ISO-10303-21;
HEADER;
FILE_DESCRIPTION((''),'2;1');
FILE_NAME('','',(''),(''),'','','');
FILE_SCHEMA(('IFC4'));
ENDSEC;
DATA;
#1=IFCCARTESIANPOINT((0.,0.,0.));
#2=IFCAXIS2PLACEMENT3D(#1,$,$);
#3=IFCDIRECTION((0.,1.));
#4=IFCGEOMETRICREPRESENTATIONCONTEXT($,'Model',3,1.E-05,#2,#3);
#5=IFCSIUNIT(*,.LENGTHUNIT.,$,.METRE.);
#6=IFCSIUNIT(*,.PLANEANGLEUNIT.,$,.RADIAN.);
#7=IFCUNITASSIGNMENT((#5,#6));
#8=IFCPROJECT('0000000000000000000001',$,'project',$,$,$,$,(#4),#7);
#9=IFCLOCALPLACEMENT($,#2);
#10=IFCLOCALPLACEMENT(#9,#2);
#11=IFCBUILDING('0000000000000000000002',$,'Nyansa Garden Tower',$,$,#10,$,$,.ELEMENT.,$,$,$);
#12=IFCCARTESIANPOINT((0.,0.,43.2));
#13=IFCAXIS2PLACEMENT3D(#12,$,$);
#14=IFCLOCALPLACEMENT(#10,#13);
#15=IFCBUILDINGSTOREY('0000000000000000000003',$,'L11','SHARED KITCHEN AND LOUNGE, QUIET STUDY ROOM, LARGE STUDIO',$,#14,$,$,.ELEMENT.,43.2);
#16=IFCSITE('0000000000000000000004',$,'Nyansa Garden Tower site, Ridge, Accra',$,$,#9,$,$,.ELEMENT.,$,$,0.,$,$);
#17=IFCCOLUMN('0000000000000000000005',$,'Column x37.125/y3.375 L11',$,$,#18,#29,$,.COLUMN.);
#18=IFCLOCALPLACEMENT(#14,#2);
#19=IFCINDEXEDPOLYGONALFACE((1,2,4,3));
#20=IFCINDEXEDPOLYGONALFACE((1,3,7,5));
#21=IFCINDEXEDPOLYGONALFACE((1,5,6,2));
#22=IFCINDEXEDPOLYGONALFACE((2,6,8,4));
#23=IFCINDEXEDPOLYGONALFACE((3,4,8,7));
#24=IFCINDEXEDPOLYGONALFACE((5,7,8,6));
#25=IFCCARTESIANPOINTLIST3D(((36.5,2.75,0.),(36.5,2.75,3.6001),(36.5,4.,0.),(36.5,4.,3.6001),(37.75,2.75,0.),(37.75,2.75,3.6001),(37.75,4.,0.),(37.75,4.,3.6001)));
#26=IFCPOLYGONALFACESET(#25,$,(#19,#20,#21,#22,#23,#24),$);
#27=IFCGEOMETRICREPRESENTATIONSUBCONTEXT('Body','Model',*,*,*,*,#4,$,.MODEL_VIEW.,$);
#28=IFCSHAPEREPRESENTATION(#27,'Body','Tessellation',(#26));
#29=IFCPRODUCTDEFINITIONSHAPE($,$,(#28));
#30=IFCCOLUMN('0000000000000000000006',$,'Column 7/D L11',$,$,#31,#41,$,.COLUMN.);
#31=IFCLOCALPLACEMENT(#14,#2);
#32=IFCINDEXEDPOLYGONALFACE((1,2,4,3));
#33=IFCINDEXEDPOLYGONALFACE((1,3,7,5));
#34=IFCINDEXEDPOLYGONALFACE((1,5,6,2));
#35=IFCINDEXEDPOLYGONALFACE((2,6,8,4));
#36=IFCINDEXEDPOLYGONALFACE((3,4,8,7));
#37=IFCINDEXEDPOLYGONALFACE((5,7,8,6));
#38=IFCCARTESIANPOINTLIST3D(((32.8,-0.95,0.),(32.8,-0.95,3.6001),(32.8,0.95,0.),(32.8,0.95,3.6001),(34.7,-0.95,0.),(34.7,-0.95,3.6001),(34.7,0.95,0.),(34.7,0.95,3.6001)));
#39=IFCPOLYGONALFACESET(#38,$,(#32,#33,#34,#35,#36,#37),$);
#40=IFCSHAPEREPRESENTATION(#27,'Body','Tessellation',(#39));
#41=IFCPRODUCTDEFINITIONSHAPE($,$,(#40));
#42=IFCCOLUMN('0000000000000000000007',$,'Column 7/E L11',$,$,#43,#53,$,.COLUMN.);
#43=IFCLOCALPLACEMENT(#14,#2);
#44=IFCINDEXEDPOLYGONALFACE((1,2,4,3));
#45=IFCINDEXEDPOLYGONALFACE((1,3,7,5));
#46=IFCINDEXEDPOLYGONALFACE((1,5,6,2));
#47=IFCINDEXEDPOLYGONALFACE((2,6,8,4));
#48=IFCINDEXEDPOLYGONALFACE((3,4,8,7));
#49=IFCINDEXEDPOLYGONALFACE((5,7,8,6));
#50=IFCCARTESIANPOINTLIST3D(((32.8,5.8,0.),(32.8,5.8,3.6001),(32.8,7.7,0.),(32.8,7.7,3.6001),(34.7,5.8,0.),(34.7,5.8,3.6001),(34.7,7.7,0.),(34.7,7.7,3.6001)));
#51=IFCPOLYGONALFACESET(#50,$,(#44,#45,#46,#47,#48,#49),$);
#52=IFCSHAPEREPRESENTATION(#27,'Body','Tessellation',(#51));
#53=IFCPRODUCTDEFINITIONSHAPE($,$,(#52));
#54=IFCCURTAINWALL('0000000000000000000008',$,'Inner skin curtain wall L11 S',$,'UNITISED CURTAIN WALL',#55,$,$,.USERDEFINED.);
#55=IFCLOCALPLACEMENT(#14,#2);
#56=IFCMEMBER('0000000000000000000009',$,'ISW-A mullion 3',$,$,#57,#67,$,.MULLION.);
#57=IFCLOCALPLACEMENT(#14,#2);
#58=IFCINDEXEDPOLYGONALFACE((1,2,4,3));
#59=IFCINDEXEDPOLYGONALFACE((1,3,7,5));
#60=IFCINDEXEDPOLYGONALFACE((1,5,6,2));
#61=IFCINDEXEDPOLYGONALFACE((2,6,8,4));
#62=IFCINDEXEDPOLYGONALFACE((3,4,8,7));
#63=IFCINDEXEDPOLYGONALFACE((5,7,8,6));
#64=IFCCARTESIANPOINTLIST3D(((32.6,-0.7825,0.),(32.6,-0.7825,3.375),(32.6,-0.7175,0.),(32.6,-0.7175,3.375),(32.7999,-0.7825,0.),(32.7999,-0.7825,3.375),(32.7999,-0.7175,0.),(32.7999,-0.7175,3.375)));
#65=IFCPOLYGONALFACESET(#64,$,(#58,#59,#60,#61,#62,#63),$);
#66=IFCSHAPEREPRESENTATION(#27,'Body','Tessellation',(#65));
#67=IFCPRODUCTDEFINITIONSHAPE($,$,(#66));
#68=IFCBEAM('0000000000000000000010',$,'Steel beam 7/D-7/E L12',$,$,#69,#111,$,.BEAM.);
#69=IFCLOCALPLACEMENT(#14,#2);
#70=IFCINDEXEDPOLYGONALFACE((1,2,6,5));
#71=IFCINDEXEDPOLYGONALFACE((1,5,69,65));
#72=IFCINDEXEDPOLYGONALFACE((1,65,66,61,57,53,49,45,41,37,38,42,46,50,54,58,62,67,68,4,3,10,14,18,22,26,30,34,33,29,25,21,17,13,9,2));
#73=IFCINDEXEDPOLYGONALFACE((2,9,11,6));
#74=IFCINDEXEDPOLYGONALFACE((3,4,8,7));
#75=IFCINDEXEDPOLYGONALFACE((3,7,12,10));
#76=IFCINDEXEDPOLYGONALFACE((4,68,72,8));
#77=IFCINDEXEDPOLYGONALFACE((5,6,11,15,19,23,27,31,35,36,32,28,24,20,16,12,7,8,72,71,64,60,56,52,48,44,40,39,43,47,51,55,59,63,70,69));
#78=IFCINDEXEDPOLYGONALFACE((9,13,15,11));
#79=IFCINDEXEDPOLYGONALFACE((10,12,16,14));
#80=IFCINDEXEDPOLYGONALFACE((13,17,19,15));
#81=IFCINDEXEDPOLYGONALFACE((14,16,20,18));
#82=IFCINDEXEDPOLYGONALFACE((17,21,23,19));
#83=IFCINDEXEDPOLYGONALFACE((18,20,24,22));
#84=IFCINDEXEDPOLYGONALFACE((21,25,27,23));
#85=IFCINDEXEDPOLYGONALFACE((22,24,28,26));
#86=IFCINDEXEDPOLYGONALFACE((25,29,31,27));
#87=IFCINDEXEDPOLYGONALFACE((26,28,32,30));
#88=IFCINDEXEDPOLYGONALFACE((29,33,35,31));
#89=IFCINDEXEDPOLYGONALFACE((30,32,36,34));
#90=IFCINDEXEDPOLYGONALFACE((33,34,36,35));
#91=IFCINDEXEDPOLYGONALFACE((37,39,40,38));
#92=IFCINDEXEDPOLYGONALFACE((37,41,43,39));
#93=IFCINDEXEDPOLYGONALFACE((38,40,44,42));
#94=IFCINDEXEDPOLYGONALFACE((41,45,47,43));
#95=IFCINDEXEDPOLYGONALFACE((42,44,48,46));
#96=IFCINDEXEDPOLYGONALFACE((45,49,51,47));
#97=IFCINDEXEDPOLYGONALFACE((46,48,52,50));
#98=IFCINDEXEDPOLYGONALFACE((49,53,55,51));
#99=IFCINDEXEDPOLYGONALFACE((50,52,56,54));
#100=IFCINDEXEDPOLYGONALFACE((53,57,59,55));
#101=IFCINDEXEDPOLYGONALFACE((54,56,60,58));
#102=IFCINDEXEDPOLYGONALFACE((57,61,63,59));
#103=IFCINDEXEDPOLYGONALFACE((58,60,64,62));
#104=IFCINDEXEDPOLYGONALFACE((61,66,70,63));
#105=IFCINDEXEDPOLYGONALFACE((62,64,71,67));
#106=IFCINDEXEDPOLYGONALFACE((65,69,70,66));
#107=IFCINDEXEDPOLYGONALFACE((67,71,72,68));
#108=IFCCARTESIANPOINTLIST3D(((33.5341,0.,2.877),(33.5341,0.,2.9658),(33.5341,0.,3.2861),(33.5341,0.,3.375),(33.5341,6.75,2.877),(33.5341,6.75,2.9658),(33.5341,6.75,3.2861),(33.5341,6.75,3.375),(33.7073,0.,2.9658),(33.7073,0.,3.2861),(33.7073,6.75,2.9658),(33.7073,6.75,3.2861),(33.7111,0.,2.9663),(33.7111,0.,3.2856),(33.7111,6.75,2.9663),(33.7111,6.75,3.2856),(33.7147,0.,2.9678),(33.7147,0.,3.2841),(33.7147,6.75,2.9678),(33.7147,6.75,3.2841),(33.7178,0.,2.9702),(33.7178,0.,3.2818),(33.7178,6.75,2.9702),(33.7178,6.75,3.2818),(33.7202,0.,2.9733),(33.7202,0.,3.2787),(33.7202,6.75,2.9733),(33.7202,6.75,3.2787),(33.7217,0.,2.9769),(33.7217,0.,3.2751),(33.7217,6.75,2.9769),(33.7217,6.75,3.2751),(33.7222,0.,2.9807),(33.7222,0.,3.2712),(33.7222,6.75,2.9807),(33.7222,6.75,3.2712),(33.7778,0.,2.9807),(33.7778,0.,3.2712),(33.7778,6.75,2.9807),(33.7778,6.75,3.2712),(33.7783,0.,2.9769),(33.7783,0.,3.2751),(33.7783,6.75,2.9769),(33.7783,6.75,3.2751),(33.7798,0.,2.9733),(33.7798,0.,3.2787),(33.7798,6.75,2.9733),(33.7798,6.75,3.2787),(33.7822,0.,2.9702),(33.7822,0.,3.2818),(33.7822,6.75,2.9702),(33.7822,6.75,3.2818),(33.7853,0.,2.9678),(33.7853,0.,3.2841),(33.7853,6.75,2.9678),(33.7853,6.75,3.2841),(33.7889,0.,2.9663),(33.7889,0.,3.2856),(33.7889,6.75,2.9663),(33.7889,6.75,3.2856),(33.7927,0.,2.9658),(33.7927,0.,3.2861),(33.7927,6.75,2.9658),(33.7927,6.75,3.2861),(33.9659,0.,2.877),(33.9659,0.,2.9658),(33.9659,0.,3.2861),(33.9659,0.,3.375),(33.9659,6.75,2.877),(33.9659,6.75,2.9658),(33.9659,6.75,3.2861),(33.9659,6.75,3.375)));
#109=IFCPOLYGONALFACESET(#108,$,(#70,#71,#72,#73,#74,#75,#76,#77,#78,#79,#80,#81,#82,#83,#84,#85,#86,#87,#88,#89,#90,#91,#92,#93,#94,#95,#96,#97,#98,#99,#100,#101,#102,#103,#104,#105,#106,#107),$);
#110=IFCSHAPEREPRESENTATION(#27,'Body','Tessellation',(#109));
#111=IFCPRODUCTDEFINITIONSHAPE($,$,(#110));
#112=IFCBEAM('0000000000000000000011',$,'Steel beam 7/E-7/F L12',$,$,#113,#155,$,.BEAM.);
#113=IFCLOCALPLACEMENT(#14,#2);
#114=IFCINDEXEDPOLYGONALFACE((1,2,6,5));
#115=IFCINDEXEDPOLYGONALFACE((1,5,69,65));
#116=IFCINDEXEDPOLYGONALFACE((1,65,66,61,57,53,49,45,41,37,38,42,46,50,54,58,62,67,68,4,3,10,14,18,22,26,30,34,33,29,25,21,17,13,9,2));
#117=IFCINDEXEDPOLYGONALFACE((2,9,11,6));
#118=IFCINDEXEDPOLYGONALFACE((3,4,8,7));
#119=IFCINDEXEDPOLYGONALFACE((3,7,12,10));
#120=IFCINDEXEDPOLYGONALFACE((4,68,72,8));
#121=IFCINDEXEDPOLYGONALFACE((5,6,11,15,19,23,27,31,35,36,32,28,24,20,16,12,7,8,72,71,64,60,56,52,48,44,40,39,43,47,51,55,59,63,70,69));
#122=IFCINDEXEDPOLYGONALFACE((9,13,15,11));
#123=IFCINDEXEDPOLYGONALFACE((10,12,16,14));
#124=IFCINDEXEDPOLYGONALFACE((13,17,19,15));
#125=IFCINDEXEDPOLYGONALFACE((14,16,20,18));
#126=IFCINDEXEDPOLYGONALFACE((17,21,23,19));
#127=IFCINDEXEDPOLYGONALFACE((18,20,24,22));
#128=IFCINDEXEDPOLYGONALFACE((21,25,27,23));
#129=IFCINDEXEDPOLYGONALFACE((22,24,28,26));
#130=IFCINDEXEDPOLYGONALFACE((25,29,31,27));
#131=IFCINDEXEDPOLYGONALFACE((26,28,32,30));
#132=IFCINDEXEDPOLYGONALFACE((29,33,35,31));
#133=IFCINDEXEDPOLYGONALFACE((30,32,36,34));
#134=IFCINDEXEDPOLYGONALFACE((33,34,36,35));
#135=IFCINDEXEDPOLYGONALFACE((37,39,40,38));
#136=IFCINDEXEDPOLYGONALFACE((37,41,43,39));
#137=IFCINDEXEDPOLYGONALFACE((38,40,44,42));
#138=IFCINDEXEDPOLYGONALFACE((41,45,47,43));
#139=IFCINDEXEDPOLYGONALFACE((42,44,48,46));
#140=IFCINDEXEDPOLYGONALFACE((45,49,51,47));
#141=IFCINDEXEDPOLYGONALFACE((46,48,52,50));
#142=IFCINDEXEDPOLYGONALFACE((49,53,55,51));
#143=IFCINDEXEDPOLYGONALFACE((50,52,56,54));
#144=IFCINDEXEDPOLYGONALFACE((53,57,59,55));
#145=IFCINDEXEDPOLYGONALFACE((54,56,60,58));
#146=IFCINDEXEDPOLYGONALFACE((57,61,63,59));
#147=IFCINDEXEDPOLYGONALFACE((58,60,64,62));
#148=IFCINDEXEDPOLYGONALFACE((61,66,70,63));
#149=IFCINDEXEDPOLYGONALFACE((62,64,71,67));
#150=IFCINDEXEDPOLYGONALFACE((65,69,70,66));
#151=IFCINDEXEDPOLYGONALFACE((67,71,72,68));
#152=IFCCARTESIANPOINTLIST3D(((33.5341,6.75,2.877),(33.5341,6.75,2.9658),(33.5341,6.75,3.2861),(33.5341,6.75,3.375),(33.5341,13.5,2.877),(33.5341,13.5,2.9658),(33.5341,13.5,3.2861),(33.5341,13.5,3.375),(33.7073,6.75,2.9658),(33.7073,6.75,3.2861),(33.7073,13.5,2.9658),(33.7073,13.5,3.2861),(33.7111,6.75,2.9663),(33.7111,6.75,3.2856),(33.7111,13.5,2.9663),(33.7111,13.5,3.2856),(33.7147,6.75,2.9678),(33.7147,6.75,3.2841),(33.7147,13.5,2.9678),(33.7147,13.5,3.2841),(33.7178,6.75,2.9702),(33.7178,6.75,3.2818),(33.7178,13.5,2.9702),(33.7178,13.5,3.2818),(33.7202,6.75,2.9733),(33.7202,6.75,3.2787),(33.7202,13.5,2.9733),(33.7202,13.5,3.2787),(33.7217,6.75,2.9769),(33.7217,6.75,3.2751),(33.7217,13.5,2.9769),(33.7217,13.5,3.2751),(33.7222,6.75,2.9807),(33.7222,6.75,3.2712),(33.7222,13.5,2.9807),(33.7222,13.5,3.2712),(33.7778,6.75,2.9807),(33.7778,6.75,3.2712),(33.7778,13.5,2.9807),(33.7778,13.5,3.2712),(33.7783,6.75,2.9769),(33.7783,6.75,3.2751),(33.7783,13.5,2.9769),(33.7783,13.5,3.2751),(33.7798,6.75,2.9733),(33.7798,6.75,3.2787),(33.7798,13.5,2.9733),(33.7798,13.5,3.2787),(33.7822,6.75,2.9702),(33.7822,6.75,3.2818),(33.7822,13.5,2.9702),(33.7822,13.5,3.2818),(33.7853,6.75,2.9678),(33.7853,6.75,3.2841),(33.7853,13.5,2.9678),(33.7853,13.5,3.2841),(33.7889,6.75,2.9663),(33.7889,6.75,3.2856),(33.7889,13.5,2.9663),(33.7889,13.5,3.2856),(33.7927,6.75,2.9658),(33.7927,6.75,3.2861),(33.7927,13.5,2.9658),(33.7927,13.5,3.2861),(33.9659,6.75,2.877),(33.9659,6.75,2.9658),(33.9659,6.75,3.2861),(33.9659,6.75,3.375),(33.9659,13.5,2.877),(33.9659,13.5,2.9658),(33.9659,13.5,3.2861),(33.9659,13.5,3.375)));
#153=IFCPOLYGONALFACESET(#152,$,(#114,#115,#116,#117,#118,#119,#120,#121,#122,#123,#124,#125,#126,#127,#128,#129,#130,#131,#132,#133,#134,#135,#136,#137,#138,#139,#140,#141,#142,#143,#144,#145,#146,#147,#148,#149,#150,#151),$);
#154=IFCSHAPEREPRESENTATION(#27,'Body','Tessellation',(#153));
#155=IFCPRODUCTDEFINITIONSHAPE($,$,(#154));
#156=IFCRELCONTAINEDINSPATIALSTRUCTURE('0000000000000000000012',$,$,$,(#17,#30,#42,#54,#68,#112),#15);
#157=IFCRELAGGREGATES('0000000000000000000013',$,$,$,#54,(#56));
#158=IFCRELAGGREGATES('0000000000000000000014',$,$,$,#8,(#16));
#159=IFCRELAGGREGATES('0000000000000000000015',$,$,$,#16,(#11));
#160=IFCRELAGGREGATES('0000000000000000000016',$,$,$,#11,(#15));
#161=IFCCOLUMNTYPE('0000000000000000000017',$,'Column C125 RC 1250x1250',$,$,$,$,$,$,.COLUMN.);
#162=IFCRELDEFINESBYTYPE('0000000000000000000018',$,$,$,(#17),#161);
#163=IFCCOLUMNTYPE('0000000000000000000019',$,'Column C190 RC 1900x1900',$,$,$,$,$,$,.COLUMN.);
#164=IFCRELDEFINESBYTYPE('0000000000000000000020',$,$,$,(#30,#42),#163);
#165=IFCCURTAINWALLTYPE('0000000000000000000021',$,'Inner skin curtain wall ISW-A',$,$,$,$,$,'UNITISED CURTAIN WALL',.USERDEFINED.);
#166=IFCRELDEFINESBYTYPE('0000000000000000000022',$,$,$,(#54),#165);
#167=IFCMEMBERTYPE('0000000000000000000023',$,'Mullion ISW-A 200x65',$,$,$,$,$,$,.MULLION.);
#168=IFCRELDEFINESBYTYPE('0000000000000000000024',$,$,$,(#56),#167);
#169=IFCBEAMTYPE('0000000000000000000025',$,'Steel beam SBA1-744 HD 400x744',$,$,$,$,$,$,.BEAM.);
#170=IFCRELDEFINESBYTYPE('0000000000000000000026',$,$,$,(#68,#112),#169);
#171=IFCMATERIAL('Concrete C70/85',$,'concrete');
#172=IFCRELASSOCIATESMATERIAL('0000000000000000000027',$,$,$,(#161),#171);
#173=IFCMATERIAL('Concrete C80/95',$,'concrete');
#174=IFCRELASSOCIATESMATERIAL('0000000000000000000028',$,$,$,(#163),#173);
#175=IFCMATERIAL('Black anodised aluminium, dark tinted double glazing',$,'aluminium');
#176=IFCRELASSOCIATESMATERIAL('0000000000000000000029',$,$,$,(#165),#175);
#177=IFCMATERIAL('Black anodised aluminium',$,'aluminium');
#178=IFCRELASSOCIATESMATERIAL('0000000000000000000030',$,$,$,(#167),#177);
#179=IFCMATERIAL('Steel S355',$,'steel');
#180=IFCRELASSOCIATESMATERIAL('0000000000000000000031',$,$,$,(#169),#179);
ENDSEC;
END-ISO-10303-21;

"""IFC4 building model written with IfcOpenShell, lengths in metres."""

from ifc_helpers import new_model, si_unit, direction, frame, origin, origin_2d, place, context, subcontext, project, spatial, rectangle, i_section, extrude, material, material_profile, profile_set, type_object, element, aggregate, save


model = new_model("IFC4")

# Units and contexts
model_context = context("Model", 3, precision=1e-05, world=origin(), true_north=direction((0.0, 1.0)))
body_context = subcontext(model_context, "Body", "Model", "MODEL_VIEW")
ifc_project = project(units=[si_unit("LENGTHUNIT", "METRE"), si_unit("PLANEANGLEUNIT", "RADIAN")], contexts=[model_context])

# Site, building, storey
site_placement = place(None, origin())
site = spatial("IfcSite", under=ifc_project, at=site_placement, Name="Nyansa Garden Tower site, Ridge, Accra", CompositionType="ELEMENT", RefElevation=0.0)
building_placement = place(site_placement, origin())
building = spatial("IfcBuilding", under=site, at=building_placement, Name="Nyansa Garden Tower", CompositionType="ELEMENT")
storey_placement = place(building_placement, frame((0.0, 0.0, 43.2)))
storey = spatial("IfcBuildingStorey", under=building, at=storey_placement, Name="L11", Description="SHARED KITCHEN AND LOUNGE, QUIET STUDY ROOM, LARGE STUDIO", CompositionType="ELEMENT", Elevation=43.2)

# Columns
ifc_material_1 = material(Name="Concrete C70/85", Category="concrete")
ifc_material_profile_1 = material_profile(ifc_material_1, rectangle(XDim=1.25, YDim=1.25, at=origin_2d()), Name="RC 1250x1250")
ifc_profile_set_1 = profile_set([ifc_material_profile_1], Name="Concrete C70/85")
column_type_1 = type_object("IfcColumnType", Name="Column C125 RC 1250x1250", PredefinedType="COLUMN", material=ifc_profile_set_1)
column_placement = place(storey_placement, frame((37.125, 3.375, 0.0), z_axis=(0.0, 0.0, 1.0), x_axis=(1.0, 0.0, 0.0)))
element("IfcColumn", 1, at=column_placement, inside=storey, type_object=column_type_1, Name="Column x37.125/y3.375 L11", PredefinedType="COLUMN", context=body_context, shape_type="SweptSolid", body=[
    extrude(rectangle(XDim=1.25, YDim=1.25, at=origin_2d()), origin(), (0.0, 0.0, 1.0), 3.6001),
])
ifc_material_2 = material(Name="Concrete C80/95", Category="concrete")
ifc_material_profile_2 = material_profile(ifc_material_2, rectangle(XDim=1.8999, YDim=1.8999, at=origin_2d()), Name="RC 1900x1900")
ifc_profile_set_2 = profile_set([ifc_material_profile_2], Name="Concrete C80/95")
column_type_2 = type_object("IfcColumnType", Name="Column C190 RC 1900x1900", PredefinedType="COLUMN", material=ifc_profile_set_2)
for number, where, z_axis, x_axis, name in (
    (2, (33.75, 0.0, 0.0), (0.0, 0.0, 1.0), (1.0, 0.0, 0.0), "Column 7/D L11"),
    (3, (33.75, 6.75, 0.0), (0.0, 0.0, 1.0), (1.0, 0.0, 0.0), "Column 7/E L11"),
):
    element("IfcColumn", number, at=place(storey_placement, frame(where, z_axis=z_axis, x_axis=x_axis)), inside=storey, type_object=column_type_2, Name=name, PredefinedType="COLUMN", context=body_context, shape_type="SweptSolid", body=[
        extrude(rectangle(XDim=1.8999, YDim=1.8999, at=origin_2d()), origin(), (0.0, 0.0, 1.0), 3.6001),
    ])

# Curtain wall, member
ifc_material_3 = material(Name="Black anodised aluminium, dark tinted double glazing", Category="aluminium")
curtain_wall_type = type_object("IfcCurtainWallType", Name="Inner skin curtain wall ISW-A", ElementType="UNITISED CURTAIN WALL", PredefinedType="USERDEFINED", material=ifc_material_3)
curtain_wall_placement = place(storey_placement, origin())
curtain_wall = element("IfcCurtainWall", 4, at=curtain_wall_placement, inside=storey, type_object=curtain_wall_type, Name="Inner skin curtain wall L11 S", ObjectType="UNITISED CURTAIN WALL", PredefinedType="USERDEFINED")
ifc_material_4 = material(Name="Black anodised aluminium", Category="aluminium")
ifc_material_profile_3 = material_profile(ifc_material_4, rectangle(XDim=0.0649, YDim=0.2, at=origin_2d()), Name="Mullion 200x65")
ifc_profile_set_3 = profile_set([ifc_material_profile_3], Name="Black anodised aluminium")
member_type = type_object("IfcMemberType", Name="Mullion ISW-A 200x65", PredefinedType="MULLION", material=ifc_profile_set_3)
member_placement = place(storey_placement, frame((32.7, -0.75, 0.0), z_axis=(0.0, 0.0, 1.0), x_axis=(0.0, 1.0, 0.0)))
member = element("IfcMember", 5, at=member_placement, type_object=member_type, Name="ISW-A mullion 3", PredefinedType="MULLION", context=body_context, shape_type="SweptSolid", body=[
    extrude(rectangle(XDim=0.0649, YDim=0.2, at=origin_2d()), origin(), (0.0, 0.0, 1.0), 3.375),
])

# Beams
ifc_material_5 = material(Name="Steel S355", Category="steel")
ifc_material_profile_4 = material_profile(ifc_material_5, i_section(OverallWidth=0.4319, OverallDepth=0.498, WebThickness=0.0557, FlangeThickness=0.0889, FilletRadius=0.0149, at=origin_2d()), Name="HD 400x744")
ifc_profile_set_4 = profile_set([ifc_material_profile_4], Name="Steel S355")
beam_type_1 = type_object("IfcBeamType", Name="Steel beam SBA1-744 HD 400x744", PredefinedType="BEAM", material=ifc_profile_set_4)
for number, where, z_axis, x_axis, name in (
    (6, (33.75, 0.0, 3.126), (0.0, 1.0, 0.0), (-1.0, 0.0, 0.0), "Steel beam 7/D-7/E L12"),
    (7, (33.75, 6.75, 3.126), (0.0, 1.0, 0.0), (-1.0, 0.0, 0.0), "Steel beam 7/E-7/F L12"),
):
    element("IfcBeam", number, at=place(storey_placement, frame(where, z_axis=z_axis, x_axis=x_axis)), inside=storey, type_object=beam_type_1, Name=name, PredefinedType="BEAM", context=body_context, shape_type="SweptSolid", body=[
        extrude(i_section(OverallWidth=0.4319, OverallDepth=0.498, WebThickness=0.0557, FlangeThickness=0.0889, FilletRadius=0.0149, at=origin_2d()), origin(), (0.0, 0.0, 1.0), 6.75),
    ])

aggregate(curtain_wall, [member])

save(model, "model.ifc")
